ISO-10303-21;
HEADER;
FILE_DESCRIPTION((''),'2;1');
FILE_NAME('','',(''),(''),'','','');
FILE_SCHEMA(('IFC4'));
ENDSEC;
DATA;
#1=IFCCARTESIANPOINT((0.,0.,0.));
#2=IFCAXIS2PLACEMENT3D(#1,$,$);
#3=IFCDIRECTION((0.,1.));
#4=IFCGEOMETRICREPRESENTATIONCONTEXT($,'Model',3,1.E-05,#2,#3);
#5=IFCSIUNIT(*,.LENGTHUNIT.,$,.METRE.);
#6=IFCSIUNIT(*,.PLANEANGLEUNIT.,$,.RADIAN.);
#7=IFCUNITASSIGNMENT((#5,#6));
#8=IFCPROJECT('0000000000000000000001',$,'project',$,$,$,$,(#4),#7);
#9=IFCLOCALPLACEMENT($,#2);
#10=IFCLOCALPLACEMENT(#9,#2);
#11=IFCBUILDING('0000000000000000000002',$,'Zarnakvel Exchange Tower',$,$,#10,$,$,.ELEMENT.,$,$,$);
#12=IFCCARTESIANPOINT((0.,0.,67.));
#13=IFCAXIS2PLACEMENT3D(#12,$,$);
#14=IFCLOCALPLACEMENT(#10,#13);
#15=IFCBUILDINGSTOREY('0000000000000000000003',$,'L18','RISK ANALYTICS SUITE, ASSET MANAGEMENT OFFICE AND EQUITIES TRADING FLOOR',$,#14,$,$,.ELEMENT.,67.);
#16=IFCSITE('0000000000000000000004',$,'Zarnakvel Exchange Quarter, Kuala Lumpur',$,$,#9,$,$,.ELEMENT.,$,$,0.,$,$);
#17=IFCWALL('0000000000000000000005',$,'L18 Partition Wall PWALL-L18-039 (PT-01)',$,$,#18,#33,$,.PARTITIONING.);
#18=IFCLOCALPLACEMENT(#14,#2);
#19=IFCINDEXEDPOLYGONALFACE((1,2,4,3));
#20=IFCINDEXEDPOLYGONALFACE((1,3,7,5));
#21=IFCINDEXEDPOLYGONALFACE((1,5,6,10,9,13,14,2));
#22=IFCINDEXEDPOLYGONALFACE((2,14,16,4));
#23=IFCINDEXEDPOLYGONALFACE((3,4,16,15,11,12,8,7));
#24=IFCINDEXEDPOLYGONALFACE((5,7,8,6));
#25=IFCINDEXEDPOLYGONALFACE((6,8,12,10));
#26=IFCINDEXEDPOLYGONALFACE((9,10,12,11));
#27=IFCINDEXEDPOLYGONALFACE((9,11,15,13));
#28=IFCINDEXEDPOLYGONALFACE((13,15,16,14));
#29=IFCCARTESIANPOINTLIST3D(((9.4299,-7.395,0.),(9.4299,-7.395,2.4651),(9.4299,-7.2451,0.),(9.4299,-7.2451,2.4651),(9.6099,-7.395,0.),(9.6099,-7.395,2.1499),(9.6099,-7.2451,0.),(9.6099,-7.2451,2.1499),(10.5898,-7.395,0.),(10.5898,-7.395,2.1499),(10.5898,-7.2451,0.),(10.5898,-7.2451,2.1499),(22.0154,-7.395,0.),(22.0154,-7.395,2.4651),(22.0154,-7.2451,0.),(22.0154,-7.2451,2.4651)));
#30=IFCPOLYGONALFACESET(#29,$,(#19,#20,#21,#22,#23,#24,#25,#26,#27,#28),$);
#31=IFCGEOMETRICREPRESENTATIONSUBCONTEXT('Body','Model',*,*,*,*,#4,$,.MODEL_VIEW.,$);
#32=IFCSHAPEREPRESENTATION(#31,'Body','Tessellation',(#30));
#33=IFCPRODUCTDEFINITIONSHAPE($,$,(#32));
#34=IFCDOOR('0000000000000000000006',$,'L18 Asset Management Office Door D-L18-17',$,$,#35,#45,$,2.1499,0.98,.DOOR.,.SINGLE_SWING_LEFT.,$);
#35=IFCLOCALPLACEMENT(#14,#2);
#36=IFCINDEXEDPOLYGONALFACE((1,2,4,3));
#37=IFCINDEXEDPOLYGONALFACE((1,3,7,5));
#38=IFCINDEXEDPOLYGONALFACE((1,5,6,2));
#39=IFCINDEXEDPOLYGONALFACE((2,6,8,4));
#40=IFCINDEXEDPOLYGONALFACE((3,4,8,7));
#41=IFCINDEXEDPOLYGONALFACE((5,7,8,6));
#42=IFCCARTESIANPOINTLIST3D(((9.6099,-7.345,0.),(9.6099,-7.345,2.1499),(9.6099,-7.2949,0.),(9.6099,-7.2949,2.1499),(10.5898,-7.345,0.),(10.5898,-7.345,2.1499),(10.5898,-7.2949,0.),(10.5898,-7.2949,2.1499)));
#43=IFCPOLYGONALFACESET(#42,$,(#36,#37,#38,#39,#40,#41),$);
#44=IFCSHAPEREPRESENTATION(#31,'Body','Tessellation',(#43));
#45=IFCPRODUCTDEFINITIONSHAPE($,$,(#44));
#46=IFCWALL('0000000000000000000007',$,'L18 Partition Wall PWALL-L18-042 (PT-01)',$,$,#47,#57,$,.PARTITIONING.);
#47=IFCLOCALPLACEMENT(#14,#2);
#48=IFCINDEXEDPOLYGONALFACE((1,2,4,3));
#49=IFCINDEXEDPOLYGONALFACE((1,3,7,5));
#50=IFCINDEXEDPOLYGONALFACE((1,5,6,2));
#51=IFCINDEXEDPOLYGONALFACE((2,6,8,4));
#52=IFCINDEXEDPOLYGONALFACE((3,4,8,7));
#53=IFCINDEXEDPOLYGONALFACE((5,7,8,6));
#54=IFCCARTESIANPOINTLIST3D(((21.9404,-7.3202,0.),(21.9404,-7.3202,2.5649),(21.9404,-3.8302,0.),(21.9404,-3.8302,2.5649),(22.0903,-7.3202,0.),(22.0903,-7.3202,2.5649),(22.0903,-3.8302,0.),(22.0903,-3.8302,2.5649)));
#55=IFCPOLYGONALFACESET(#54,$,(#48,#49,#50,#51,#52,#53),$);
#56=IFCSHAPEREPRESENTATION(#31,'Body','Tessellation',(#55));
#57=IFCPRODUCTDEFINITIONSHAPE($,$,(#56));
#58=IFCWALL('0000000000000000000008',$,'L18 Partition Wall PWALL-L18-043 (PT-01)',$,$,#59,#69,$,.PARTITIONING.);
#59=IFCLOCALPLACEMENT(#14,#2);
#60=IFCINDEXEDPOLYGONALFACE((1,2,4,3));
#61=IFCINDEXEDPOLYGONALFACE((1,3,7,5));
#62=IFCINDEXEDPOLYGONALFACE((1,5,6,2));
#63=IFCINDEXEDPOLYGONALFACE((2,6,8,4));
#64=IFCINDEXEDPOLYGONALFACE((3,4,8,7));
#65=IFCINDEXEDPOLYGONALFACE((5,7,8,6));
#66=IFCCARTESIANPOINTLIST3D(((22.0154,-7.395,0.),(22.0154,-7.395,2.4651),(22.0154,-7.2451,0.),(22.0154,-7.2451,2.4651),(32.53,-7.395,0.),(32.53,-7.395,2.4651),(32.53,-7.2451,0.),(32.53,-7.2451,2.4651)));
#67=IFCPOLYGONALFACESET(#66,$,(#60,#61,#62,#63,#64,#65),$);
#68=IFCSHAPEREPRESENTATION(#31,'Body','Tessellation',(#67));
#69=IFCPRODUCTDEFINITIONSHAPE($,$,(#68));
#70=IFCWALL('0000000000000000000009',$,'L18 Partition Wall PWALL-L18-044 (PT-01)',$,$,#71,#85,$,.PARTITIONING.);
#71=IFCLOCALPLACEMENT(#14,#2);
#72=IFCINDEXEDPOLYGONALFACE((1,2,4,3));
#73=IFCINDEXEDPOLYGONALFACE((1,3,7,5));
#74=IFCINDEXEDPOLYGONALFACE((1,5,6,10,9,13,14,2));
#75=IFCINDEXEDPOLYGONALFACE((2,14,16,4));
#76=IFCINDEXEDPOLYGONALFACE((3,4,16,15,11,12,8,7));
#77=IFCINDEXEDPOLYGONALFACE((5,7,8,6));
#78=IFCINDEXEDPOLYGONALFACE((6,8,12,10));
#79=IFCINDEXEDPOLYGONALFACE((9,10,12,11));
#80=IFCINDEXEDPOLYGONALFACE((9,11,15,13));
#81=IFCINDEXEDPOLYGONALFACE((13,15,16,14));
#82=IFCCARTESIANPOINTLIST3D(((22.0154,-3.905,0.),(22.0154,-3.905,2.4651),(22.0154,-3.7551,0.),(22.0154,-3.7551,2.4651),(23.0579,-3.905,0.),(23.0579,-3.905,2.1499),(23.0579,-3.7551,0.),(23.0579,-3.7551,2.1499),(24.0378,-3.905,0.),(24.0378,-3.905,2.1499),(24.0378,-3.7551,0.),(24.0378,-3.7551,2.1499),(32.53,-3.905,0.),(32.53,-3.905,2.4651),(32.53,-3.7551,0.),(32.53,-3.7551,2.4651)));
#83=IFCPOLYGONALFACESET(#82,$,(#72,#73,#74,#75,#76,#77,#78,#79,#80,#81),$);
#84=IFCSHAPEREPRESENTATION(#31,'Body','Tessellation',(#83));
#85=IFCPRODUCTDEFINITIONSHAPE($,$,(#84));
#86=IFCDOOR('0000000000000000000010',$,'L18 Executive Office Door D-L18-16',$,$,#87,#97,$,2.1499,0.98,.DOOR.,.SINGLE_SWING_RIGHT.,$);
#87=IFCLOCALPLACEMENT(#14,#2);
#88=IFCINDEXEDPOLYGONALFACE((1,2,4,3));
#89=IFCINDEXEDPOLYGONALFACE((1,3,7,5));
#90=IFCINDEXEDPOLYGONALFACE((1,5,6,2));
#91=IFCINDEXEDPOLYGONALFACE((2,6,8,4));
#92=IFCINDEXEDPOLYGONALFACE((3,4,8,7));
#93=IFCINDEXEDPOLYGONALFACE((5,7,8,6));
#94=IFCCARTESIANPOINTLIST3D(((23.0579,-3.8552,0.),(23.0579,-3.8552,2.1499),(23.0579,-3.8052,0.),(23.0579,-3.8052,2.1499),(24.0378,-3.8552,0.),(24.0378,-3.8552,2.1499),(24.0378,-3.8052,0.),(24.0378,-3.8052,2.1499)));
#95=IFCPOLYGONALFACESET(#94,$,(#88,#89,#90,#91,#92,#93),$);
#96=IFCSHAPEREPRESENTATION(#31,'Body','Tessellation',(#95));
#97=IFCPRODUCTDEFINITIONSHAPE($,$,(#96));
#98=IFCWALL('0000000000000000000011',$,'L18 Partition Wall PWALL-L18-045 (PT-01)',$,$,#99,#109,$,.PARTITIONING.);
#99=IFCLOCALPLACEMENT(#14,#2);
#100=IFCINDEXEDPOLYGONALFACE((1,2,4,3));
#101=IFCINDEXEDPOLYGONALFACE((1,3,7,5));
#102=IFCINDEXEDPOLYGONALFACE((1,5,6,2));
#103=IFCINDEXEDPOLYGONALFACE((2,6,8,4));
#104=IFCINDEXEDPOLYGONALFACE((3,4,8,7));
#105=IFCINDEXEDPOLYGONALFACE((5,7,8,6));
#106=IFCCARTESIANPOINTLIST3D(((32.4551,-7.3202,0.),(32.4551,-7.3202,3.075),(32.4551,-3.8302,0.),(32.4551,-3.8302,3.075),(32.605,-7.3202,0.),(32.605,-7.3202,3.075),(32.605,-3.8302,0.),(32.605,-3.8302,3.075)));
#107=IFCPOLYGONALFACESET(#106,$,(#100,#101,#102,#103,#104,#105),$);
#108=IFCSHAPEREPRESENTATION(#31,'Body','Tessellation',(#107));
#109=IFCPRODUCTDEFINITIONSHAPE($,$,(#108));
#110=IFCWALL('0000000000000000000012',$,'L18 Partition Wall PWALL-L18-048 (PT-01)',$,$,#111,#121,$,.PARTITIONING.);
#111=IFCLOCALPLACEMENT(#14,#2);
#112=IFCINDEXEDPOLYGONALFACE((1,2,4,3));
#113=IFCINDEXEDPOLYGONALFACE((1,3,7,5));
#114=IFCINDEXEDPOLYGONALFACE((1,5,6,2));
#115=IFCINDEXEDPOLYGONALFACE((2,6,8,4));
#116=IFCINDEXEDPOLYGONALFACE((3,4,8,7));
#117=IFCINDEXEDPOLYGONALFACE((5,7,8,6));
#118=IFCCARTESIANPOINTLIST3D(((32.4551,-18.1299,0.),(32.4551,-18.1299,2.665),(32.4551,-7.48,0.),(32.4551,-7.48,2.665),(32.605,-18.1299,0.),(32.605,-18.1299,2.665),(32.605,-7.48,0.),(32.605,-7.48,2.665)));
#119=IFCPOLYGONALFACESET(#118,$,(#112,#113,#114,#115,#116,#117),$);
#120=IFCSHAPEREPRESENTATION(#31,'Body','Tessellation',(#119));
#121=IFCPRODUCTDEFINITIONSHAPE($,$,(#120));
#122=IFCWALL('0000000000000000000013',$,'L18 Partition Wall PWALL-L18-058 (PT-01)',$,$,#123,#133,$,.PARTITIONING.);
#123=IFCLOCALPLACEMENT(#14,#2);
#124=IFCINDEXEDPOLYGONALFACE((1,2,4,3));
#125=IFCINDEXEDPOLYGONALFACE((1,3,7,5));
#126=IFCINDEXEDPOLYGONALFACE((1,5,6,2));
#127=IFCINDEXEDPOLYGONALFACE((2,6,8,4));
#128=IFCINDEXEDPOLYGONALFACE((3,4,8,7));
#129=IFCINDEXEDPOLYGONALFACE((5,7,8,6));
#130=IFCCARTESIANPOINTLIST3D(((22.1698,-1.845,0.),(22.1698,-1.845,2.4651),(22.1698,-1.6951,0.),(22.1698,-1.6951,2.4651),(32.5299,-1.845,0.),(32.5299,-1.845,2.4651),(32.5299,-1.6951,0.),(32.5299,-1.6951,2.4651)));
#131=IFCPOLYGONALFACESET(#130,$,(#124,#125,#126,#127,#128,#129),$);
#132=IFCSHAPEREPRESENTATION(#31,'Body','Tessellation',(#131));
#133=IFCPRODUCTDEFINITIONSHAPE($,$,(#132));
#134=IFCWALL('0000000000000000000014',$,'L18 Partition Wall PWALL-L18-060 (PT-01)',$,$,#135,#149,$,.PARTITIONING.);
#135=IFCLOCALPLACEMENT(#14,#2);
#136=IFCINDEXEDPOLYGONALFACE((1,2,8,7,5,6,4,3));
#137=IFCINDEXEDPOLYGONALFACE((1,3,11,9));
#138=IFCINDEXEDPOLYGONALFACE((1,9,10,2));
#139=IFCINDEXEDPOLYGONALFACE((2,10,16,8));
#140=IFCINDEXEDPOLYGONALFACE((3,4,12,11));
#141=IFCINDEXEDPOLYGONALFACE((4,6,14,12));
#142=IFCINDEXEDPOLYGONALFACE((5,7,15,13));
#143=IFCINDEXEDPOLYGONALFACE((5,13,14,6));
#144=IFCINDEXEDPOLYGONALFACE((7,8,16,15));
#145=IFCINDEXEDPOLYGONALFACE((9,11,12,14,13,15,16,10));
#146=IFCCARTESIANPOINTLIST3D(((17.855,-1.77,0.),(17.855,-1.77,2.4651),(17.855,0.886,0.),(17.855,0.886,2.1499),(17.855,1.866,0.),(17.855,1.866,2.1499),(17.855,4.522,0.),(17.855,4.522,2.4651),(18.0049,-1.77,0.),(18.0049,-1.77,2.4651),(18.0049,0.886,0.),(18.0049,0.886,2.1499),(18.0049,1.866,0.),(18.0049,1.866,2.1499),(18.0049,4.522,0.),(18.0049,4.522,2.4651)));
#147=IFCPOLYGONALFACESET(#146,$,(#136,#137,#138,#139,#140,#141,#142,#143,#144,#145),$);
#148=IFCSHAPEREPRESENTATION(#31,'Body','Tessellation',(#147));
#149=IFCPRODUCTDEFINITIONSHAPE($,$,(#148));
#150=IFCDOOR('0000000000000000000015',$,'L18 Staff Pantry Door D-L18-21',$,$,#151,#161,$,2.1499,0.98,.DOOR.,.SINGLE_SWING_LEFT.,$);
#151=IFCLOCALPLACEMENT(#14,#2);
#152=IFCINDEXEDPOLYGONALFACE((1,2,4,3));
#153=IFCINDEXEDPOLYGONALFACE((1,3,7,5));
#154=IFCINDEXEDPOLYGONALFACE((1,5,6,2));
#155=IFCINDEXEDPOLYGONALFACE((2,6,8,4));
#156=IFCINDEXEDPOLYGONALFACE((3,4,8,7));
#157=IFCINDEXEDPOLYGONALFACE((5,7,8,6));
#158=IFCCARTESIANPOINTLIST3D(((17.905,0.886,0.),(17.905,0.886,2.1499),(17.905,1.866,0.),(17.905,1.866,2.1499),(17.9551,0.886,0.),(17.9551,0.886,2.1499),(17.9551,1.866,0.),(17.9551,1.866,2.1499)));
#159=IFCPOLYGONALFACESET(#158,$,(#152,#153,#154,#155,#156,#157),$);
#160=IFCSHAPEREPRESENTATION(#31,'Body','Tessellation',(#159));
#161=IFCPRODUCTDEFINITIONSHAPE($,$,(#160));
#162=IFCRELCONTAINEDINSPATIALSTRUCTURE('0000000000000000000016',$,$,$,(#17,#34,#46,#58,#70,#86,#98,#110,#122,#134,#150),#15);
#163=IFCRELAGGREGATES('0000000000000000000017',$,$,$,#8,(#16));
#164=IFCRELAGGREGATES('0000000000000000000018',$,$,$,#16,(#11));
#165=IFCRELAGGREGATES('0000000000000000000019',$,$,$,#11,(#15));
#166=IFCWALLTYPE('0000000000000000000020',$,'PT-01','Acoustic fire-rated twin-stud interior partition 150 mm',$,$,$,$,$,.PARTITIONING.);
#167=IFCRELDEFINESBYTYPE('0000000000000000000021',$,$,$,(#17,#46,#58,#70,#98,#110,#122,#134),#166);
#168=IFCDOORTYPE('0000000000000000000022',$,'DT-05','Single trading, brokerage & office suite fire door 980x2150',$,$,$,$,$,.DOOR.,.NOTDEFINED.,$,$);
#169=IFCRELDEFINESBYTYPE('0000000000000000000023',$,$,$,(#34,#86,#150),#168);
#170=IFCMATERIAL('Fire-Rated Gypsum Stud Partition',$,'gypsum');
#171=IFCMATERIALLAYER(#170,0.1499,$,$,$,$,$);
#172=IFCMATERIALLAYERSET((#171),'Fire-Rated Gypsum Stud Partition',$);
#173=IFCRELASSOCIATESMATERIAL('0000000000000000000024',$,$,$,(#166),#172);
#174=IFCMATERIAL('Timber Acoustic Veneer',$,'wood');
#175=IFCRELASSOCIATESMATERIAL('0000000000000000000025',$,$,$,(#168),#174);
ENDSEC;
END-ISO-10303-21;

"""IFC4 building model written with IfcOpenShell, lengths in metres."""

from ifc_helpers import new_model, si_unit, direction, frame, frame_2d, origin, place, context, subcontext, project, spatial, rectangle, extrude, source, transform, mapped, material, layer, layer_set, type_object, element, fill, save


model = new_model("IFC4")

# Units and contexts
model_context = context("Model", 3, precision=1e-05, world=origin(), true_north=direction((0.0, 1.0)))
body_context = subcontext(model_context, "Body", "Model", "MODEL_VIEW")
ifc_project = project(units=[si_unit("LENGTHUNIT", "METRE"), si_unit("PLANEANGLEUNIT", "RADIAN")], contexts=[model_context])

# Site, building, storey
site_placement = place(None, origin())
site = spatial("IfcSite", under=ifc_project, at=site_placement, Name="Zarnakvel Exchange Quarter, Kuala Lumpur", CompositionType="ELEMENT", RefElevation=0.0)
building_placement = place(site_placement, origin())
building = spatial("IfcBuilding", under=site, at=building_placement, Name="Zarnakvel Exchange Tower", CompositionType="ELEMENT")
storey_placement = place(building_placement, frame((0.0, 0.0, 67.0)))
storey = spatial("IfcBuildingStorey", under=building, at=storey_placement, Name="L18", Description="RISK ANALYTICS SUITE, ASSET MANAGEMENT OFFICE AND EQUITIES TRADING FLOOR", CompositionType="ELEMENT", Elevation=67.0)

# Wall, opening, door
ifc_material_1 = material(Name="Fire-Rated Gypsum Stud Partition", Category="gypsum")
ifc_layer_1 = layer(ifc_material_1, 0.1499)
ifc_layer_set_1 = layer_set([ifc_layer_1], Name="Fire-Rated Gypsum Stud Partition")
wall_type_1 = type_object("IfcWallType", Name="PT-01", Description="Acoustic fire-rated twin-stud interior partition 150 mm", PredefinedType="PARTITIONING", material=ifc_layer_set_1)
wall_1_placement = place(storey_placement, frame((22.0154, -7.3201, 0.0), z_axis=(0.0, 0.0, 1.0), x_axis=(-1.0, 0.0, 0.0)))
wall_1 = element("IfcWall", 1, at=wall_1_placement, inside=storey, type_object=wall_type_1, Name="L18 Partition Wall PWALL-L18-039 (PT-01)", PredefinedType="PARTITIONING", context=body_context, shape_type="SweptSolid", body=[
    extrude(rectangle(XDim=12.5854, YDim=0.1499, at=frame_2d((6.2927, 0.0))), origin(), (0.0, 0.0, 1.0), 2.4651),
])
opening_1_placement = place(wall_1_placement, frame((11.4255, 0.0, 0.0)))
opening_1 = element("IfcOpeningElement", 2, at=opening_1_placement, cuts=wall_1, PredefinedType="OPENING", context=body_context, shape_type="SweptSolid", body=[
    extrude(rectangle(XDim=0.98, YDim=2.1499, at=frame_2d((0.49, 1.075))), frame((0.0, 0.085, 0.0), z_axis=(0.0, -1.0, 0.0), x_axis=(1.0, 0.0, 0.0)), (0.0, 0.0, 1.0), 0.1699),
])
ifc_material_2 = material(Name="Timber Acoustic Veneer", Category="wood")
door_type = type_object("IfcDoorType", Name="DT-05", Description="Single trading, brokerage & office suite fire door 980x2150", OperationType="NOTDEFINED", PredefinedType="DOOR", material=ifc_material_2)
shared_shape_1 = source(origin(), body_context, "Body", "SweptSolid", [
    extrude(rectangle(XDim=0.98, YDim=2.1499, at=frame_2d((0.49, 1.075))), frame((0.0, 0.0249, 0.0), z_axis=(0.0, -1.0, 0.0), x_axis=(1.0, 0.0, 0.0)), (0.0, 0.0, 1.0), 0.05),
])
door_1_placement = place(opening_1_placement, origin())
door_1 = element("IfcDoor", 3, at=door_1_placement, inside=storey, type_object=door_type, Name="L18 Asset Management Office Door D-L18-17", OperationType="SINGLE_SWING_LEFT", OverallHeight=2.1499, OverallWidth=0.98, PredefinedType="DOOR", context=body_context, shape_type="MappedRepresentation", body=[
    mapped(shared_shape_1, transform((0.0, 0.0, 0.0), x_axis=(1.0, 0.0, 0.0), y_axis=(0.0, 1.0, 0.0), z_axis=(0.0, 0.0, 1.0), scale=1.0)),
])
fill(opening_1, door_1)

# Walls
wall_2_placement = place(storey_placement, frame((22.0154, -3.8301, 0.0), z_axis=(0.0, 0.0, 1.0), x_axis=(0.0, -1.0, 0.0)))
element("IfcWall", 4, at=wall_2_placement, inside=storey, type_object=wall_type_1, Name="L18 Partition Wall PWALL-L18-042 (PT-01)", PredefinedType="PARTITIONING", context=body_context, shape_type="SweptSolid", body=[
    extrude(rectangle(XDim=3.49, YDim=0.1499, at=frame_2d((1.7451, 0.0))), origin(), (0.0, 0.0, 1.0), 2.5649),
])
wall_3_placement = place(storey_placement, frame((32.53, -7.3201, 0.0), z_axis=(0.0, 0.0, 1.0), x_axis=(-1.0, 0.0, 0.0)))
element("IfcWall", 5, at=wall_3_placement, inside=storey, type_object=wall_type_1, Name="L18 Partition Wall PWALL-L18-043 (PT-01)", PredefinedType="PARTITIONING", context=body_context, shape_type="SweptSolid", body=[
    extrude(rectangle(XDim=10.5146, YDim=0.1499, at=frame_2d((5.2573, 0.0))), origin(), (0.0, 0.0, 1.0), 2.4651),
])

# Wall, opening, door
wall_4_placement = place(storey_placement, frame((22.0154, -3.8301, 0.0), z_axis=(0.0, 0.0, 1.0), x_axis=(1.0, 0.0, 0.0)))
wall_4 = element("IfcWall", 6, at=wall_4_placement, inside=storey, type_object=wall_type_1, Name="L18 Partition Wall PWALL-L18-044 (PT-01)", PredefinedType="PARTITIONING", context=body_context, shape_type="SweptSolid", body=[
    extrude(rectangle(XDim=10.5146, YDim=0.1499, at=frame_2d((5.2573, 0.0))), origin(), (0.0, 0.0, 1.0), 2.4651),
])
opening_2_placement = place(wall_4_placement, frame((1.0425, 0.0, 0.0)))
opening_2 = element("IfcOpeningElement", 7, at=opening_2_placement, cuts=wall_4, PredefinedType="OPENING", context=body_context, shape_type="SweptSolid", body=[
    extrude(rectangle(XDim=0.98, YDim=2.1499, at=frame_2d((0.49, 1.075))), frame((0.0, 0.085, 0.0), z_axis=(0.0, -1.0, 0.0), x_axis=(1.0, 0.0, 0.0)), (0.0, 0.0, 1.0), 0.1699),
])
door_2_placement = place(opening_2_placement, origin())
door_2 = element("IfcDoor", 8, at=door_2_placement, inside=storey, type_object=door_type, Name="L18 Executive Office Door D-L18-16", OperationType="SINGLE_SWING_RIGHT", OverallHeight=2.1499, OverallWidth=0.98, PredefinedType="DOOR", context=body_context, shape_type="MappedRepresentation", body=[
    mapped(shared_shape_1, transform((0.0, 0.0, 0.0), x_axis=(1.0, 0.0, 0.0), y_axis=(0.0, 1.0, 0.0), z_axis=(0.0, 0.0, 1.0), scale=1.0)),
])
fill(opening_2, door_2)

# Walls
wall_5_placement = place(storey_placement, frame((32.53, -3.8301, 0.0), z_axis=(0.0, 0.0, 1.0), x_axis=(0.0, -1.0, 0.0)))
element("IfcWall", 9, at=wall_5_placement, inside=storey, type_object=wall_type_1, Name="L18 Partition Wall PWALL-L18-045 (PT-01)", PredefinedType="PARTITIONING", context=body_context, shape_type="SweptSolid", body=[
    extrude(rectangle(XDim=3.49, YDim=0.1499, at=frame_2d((1.7451, 0.0))), origin(), (0.0, 0.0, 1.0), 3.075),
])
wall_6_placement = place(storey_placement, frame((32.53, -7.48, 0.0), z_axis=(0.0, 0.0, 1.0), x_axis=(0.0, -1.0, 0.0)))
element("IfcWall", 10, at=wall_6_placement, inside=storey, type_object=wall_type_1, Name="L18 Partition Wall PWALL-L18-048 (PT-01)", PredefinedType="PARTITIONING", context=body_context, shape_type="SweptSolid", body=[
    extrude(rectangle(XDim=10.6499, YDim=0.1499, at=frame_2d((5.325, 0.0))), origin(), (0.0, 0.0, 1.0), 2.665),
])
wall_7_placement = place(storey_placement, frame((32.53, -1.77, 0.0), z_axis=(0.0, 0.0, 1.0), x_axis=(-1.0, 0.0, 0.0)))
element("IfcWall", 11, at=wall_7_placement, inside=storey, type_object=wall_type_1, Name="L18 Partition Wall PWALL-L18-058 (PT-01)", PredefinedType="PARTITIONING", context=body_context, shape_type="SweptSolid", body=[
    extrude(rectangle(XDim=10.3601, YDim=0.1499, at=frame_2d((5.1802, 0.0))), origin(), (0.0, 0.0, 1.0), 2.4651),
])

# Wall, opening, door
wall_8_placement = place(storey_placement, frame((17.9299, -1.77, 0.0), z_axis=(0.0, 0.0, 1.0), x_axis=(0.0, 1.0, 0.0)))
wall_8 = element("IfcWall", 12, at=wall_8_placement, inside=storey, type_object=wall_type_1, Name="L18 Partition Wall PWALL-L18-060 (PT-01)", PredefinedType="PARTITIONING", context=body_context, shape_type="SweptSolid", body=[
    extrude(rectangle(XDim=6.292, YDim=0.1499, at=frame_2d((3.146, 0.0))), origin(), (0.0, 0.0, 1.0), 2.4651),
])
opening_3_placement = place(wall_8_placement, frame((2.656, 0.0, 0.0)))
opening_3 = element("IfcOpeningElement", 13, at=opening_3_placement, cuts=wall_8, PredefinedType="OPENING", context=body_context, shape_type="SweptSolid", body=[
    extrude(rectangle(XDim=0.98, YDim=2.1499, at=frame_2d((0.49, 1.075))), frame((0.0, 0.085, 0.0), z_axis=(0.0, -1.0, 0.0), x_axis=(1.0, 0.0, 0.0)), (0.0, 0.0, 1.0), 0.1699),
])
door_3_placement = place(opening_3_placement, origin())
door_3 = element("IfcDoor", 14, at=door_3_placement, inside=storey, type_object=door_type, Name="L18 Staff Pantry Door D-L18-21", OperationType="SINGLE_SWING_LEFT", OverallHeight=2.1499, OverallWidth=0.98, PredefinedType="DOOR", context=body_context, shape_type="MappedRepresentation", body=[
    mapped(shared_shape_1, transform((0.0, 0.0, 0.0), x_axis=(1.0, 0.0, 0.0), y_axis=(0.0, 1.0, 0.0), z_axis=(0.0, 0.0, 1.0), scale=1.0)),
])
fill(opening_3, door_3)

save(model, "model.ifc")
